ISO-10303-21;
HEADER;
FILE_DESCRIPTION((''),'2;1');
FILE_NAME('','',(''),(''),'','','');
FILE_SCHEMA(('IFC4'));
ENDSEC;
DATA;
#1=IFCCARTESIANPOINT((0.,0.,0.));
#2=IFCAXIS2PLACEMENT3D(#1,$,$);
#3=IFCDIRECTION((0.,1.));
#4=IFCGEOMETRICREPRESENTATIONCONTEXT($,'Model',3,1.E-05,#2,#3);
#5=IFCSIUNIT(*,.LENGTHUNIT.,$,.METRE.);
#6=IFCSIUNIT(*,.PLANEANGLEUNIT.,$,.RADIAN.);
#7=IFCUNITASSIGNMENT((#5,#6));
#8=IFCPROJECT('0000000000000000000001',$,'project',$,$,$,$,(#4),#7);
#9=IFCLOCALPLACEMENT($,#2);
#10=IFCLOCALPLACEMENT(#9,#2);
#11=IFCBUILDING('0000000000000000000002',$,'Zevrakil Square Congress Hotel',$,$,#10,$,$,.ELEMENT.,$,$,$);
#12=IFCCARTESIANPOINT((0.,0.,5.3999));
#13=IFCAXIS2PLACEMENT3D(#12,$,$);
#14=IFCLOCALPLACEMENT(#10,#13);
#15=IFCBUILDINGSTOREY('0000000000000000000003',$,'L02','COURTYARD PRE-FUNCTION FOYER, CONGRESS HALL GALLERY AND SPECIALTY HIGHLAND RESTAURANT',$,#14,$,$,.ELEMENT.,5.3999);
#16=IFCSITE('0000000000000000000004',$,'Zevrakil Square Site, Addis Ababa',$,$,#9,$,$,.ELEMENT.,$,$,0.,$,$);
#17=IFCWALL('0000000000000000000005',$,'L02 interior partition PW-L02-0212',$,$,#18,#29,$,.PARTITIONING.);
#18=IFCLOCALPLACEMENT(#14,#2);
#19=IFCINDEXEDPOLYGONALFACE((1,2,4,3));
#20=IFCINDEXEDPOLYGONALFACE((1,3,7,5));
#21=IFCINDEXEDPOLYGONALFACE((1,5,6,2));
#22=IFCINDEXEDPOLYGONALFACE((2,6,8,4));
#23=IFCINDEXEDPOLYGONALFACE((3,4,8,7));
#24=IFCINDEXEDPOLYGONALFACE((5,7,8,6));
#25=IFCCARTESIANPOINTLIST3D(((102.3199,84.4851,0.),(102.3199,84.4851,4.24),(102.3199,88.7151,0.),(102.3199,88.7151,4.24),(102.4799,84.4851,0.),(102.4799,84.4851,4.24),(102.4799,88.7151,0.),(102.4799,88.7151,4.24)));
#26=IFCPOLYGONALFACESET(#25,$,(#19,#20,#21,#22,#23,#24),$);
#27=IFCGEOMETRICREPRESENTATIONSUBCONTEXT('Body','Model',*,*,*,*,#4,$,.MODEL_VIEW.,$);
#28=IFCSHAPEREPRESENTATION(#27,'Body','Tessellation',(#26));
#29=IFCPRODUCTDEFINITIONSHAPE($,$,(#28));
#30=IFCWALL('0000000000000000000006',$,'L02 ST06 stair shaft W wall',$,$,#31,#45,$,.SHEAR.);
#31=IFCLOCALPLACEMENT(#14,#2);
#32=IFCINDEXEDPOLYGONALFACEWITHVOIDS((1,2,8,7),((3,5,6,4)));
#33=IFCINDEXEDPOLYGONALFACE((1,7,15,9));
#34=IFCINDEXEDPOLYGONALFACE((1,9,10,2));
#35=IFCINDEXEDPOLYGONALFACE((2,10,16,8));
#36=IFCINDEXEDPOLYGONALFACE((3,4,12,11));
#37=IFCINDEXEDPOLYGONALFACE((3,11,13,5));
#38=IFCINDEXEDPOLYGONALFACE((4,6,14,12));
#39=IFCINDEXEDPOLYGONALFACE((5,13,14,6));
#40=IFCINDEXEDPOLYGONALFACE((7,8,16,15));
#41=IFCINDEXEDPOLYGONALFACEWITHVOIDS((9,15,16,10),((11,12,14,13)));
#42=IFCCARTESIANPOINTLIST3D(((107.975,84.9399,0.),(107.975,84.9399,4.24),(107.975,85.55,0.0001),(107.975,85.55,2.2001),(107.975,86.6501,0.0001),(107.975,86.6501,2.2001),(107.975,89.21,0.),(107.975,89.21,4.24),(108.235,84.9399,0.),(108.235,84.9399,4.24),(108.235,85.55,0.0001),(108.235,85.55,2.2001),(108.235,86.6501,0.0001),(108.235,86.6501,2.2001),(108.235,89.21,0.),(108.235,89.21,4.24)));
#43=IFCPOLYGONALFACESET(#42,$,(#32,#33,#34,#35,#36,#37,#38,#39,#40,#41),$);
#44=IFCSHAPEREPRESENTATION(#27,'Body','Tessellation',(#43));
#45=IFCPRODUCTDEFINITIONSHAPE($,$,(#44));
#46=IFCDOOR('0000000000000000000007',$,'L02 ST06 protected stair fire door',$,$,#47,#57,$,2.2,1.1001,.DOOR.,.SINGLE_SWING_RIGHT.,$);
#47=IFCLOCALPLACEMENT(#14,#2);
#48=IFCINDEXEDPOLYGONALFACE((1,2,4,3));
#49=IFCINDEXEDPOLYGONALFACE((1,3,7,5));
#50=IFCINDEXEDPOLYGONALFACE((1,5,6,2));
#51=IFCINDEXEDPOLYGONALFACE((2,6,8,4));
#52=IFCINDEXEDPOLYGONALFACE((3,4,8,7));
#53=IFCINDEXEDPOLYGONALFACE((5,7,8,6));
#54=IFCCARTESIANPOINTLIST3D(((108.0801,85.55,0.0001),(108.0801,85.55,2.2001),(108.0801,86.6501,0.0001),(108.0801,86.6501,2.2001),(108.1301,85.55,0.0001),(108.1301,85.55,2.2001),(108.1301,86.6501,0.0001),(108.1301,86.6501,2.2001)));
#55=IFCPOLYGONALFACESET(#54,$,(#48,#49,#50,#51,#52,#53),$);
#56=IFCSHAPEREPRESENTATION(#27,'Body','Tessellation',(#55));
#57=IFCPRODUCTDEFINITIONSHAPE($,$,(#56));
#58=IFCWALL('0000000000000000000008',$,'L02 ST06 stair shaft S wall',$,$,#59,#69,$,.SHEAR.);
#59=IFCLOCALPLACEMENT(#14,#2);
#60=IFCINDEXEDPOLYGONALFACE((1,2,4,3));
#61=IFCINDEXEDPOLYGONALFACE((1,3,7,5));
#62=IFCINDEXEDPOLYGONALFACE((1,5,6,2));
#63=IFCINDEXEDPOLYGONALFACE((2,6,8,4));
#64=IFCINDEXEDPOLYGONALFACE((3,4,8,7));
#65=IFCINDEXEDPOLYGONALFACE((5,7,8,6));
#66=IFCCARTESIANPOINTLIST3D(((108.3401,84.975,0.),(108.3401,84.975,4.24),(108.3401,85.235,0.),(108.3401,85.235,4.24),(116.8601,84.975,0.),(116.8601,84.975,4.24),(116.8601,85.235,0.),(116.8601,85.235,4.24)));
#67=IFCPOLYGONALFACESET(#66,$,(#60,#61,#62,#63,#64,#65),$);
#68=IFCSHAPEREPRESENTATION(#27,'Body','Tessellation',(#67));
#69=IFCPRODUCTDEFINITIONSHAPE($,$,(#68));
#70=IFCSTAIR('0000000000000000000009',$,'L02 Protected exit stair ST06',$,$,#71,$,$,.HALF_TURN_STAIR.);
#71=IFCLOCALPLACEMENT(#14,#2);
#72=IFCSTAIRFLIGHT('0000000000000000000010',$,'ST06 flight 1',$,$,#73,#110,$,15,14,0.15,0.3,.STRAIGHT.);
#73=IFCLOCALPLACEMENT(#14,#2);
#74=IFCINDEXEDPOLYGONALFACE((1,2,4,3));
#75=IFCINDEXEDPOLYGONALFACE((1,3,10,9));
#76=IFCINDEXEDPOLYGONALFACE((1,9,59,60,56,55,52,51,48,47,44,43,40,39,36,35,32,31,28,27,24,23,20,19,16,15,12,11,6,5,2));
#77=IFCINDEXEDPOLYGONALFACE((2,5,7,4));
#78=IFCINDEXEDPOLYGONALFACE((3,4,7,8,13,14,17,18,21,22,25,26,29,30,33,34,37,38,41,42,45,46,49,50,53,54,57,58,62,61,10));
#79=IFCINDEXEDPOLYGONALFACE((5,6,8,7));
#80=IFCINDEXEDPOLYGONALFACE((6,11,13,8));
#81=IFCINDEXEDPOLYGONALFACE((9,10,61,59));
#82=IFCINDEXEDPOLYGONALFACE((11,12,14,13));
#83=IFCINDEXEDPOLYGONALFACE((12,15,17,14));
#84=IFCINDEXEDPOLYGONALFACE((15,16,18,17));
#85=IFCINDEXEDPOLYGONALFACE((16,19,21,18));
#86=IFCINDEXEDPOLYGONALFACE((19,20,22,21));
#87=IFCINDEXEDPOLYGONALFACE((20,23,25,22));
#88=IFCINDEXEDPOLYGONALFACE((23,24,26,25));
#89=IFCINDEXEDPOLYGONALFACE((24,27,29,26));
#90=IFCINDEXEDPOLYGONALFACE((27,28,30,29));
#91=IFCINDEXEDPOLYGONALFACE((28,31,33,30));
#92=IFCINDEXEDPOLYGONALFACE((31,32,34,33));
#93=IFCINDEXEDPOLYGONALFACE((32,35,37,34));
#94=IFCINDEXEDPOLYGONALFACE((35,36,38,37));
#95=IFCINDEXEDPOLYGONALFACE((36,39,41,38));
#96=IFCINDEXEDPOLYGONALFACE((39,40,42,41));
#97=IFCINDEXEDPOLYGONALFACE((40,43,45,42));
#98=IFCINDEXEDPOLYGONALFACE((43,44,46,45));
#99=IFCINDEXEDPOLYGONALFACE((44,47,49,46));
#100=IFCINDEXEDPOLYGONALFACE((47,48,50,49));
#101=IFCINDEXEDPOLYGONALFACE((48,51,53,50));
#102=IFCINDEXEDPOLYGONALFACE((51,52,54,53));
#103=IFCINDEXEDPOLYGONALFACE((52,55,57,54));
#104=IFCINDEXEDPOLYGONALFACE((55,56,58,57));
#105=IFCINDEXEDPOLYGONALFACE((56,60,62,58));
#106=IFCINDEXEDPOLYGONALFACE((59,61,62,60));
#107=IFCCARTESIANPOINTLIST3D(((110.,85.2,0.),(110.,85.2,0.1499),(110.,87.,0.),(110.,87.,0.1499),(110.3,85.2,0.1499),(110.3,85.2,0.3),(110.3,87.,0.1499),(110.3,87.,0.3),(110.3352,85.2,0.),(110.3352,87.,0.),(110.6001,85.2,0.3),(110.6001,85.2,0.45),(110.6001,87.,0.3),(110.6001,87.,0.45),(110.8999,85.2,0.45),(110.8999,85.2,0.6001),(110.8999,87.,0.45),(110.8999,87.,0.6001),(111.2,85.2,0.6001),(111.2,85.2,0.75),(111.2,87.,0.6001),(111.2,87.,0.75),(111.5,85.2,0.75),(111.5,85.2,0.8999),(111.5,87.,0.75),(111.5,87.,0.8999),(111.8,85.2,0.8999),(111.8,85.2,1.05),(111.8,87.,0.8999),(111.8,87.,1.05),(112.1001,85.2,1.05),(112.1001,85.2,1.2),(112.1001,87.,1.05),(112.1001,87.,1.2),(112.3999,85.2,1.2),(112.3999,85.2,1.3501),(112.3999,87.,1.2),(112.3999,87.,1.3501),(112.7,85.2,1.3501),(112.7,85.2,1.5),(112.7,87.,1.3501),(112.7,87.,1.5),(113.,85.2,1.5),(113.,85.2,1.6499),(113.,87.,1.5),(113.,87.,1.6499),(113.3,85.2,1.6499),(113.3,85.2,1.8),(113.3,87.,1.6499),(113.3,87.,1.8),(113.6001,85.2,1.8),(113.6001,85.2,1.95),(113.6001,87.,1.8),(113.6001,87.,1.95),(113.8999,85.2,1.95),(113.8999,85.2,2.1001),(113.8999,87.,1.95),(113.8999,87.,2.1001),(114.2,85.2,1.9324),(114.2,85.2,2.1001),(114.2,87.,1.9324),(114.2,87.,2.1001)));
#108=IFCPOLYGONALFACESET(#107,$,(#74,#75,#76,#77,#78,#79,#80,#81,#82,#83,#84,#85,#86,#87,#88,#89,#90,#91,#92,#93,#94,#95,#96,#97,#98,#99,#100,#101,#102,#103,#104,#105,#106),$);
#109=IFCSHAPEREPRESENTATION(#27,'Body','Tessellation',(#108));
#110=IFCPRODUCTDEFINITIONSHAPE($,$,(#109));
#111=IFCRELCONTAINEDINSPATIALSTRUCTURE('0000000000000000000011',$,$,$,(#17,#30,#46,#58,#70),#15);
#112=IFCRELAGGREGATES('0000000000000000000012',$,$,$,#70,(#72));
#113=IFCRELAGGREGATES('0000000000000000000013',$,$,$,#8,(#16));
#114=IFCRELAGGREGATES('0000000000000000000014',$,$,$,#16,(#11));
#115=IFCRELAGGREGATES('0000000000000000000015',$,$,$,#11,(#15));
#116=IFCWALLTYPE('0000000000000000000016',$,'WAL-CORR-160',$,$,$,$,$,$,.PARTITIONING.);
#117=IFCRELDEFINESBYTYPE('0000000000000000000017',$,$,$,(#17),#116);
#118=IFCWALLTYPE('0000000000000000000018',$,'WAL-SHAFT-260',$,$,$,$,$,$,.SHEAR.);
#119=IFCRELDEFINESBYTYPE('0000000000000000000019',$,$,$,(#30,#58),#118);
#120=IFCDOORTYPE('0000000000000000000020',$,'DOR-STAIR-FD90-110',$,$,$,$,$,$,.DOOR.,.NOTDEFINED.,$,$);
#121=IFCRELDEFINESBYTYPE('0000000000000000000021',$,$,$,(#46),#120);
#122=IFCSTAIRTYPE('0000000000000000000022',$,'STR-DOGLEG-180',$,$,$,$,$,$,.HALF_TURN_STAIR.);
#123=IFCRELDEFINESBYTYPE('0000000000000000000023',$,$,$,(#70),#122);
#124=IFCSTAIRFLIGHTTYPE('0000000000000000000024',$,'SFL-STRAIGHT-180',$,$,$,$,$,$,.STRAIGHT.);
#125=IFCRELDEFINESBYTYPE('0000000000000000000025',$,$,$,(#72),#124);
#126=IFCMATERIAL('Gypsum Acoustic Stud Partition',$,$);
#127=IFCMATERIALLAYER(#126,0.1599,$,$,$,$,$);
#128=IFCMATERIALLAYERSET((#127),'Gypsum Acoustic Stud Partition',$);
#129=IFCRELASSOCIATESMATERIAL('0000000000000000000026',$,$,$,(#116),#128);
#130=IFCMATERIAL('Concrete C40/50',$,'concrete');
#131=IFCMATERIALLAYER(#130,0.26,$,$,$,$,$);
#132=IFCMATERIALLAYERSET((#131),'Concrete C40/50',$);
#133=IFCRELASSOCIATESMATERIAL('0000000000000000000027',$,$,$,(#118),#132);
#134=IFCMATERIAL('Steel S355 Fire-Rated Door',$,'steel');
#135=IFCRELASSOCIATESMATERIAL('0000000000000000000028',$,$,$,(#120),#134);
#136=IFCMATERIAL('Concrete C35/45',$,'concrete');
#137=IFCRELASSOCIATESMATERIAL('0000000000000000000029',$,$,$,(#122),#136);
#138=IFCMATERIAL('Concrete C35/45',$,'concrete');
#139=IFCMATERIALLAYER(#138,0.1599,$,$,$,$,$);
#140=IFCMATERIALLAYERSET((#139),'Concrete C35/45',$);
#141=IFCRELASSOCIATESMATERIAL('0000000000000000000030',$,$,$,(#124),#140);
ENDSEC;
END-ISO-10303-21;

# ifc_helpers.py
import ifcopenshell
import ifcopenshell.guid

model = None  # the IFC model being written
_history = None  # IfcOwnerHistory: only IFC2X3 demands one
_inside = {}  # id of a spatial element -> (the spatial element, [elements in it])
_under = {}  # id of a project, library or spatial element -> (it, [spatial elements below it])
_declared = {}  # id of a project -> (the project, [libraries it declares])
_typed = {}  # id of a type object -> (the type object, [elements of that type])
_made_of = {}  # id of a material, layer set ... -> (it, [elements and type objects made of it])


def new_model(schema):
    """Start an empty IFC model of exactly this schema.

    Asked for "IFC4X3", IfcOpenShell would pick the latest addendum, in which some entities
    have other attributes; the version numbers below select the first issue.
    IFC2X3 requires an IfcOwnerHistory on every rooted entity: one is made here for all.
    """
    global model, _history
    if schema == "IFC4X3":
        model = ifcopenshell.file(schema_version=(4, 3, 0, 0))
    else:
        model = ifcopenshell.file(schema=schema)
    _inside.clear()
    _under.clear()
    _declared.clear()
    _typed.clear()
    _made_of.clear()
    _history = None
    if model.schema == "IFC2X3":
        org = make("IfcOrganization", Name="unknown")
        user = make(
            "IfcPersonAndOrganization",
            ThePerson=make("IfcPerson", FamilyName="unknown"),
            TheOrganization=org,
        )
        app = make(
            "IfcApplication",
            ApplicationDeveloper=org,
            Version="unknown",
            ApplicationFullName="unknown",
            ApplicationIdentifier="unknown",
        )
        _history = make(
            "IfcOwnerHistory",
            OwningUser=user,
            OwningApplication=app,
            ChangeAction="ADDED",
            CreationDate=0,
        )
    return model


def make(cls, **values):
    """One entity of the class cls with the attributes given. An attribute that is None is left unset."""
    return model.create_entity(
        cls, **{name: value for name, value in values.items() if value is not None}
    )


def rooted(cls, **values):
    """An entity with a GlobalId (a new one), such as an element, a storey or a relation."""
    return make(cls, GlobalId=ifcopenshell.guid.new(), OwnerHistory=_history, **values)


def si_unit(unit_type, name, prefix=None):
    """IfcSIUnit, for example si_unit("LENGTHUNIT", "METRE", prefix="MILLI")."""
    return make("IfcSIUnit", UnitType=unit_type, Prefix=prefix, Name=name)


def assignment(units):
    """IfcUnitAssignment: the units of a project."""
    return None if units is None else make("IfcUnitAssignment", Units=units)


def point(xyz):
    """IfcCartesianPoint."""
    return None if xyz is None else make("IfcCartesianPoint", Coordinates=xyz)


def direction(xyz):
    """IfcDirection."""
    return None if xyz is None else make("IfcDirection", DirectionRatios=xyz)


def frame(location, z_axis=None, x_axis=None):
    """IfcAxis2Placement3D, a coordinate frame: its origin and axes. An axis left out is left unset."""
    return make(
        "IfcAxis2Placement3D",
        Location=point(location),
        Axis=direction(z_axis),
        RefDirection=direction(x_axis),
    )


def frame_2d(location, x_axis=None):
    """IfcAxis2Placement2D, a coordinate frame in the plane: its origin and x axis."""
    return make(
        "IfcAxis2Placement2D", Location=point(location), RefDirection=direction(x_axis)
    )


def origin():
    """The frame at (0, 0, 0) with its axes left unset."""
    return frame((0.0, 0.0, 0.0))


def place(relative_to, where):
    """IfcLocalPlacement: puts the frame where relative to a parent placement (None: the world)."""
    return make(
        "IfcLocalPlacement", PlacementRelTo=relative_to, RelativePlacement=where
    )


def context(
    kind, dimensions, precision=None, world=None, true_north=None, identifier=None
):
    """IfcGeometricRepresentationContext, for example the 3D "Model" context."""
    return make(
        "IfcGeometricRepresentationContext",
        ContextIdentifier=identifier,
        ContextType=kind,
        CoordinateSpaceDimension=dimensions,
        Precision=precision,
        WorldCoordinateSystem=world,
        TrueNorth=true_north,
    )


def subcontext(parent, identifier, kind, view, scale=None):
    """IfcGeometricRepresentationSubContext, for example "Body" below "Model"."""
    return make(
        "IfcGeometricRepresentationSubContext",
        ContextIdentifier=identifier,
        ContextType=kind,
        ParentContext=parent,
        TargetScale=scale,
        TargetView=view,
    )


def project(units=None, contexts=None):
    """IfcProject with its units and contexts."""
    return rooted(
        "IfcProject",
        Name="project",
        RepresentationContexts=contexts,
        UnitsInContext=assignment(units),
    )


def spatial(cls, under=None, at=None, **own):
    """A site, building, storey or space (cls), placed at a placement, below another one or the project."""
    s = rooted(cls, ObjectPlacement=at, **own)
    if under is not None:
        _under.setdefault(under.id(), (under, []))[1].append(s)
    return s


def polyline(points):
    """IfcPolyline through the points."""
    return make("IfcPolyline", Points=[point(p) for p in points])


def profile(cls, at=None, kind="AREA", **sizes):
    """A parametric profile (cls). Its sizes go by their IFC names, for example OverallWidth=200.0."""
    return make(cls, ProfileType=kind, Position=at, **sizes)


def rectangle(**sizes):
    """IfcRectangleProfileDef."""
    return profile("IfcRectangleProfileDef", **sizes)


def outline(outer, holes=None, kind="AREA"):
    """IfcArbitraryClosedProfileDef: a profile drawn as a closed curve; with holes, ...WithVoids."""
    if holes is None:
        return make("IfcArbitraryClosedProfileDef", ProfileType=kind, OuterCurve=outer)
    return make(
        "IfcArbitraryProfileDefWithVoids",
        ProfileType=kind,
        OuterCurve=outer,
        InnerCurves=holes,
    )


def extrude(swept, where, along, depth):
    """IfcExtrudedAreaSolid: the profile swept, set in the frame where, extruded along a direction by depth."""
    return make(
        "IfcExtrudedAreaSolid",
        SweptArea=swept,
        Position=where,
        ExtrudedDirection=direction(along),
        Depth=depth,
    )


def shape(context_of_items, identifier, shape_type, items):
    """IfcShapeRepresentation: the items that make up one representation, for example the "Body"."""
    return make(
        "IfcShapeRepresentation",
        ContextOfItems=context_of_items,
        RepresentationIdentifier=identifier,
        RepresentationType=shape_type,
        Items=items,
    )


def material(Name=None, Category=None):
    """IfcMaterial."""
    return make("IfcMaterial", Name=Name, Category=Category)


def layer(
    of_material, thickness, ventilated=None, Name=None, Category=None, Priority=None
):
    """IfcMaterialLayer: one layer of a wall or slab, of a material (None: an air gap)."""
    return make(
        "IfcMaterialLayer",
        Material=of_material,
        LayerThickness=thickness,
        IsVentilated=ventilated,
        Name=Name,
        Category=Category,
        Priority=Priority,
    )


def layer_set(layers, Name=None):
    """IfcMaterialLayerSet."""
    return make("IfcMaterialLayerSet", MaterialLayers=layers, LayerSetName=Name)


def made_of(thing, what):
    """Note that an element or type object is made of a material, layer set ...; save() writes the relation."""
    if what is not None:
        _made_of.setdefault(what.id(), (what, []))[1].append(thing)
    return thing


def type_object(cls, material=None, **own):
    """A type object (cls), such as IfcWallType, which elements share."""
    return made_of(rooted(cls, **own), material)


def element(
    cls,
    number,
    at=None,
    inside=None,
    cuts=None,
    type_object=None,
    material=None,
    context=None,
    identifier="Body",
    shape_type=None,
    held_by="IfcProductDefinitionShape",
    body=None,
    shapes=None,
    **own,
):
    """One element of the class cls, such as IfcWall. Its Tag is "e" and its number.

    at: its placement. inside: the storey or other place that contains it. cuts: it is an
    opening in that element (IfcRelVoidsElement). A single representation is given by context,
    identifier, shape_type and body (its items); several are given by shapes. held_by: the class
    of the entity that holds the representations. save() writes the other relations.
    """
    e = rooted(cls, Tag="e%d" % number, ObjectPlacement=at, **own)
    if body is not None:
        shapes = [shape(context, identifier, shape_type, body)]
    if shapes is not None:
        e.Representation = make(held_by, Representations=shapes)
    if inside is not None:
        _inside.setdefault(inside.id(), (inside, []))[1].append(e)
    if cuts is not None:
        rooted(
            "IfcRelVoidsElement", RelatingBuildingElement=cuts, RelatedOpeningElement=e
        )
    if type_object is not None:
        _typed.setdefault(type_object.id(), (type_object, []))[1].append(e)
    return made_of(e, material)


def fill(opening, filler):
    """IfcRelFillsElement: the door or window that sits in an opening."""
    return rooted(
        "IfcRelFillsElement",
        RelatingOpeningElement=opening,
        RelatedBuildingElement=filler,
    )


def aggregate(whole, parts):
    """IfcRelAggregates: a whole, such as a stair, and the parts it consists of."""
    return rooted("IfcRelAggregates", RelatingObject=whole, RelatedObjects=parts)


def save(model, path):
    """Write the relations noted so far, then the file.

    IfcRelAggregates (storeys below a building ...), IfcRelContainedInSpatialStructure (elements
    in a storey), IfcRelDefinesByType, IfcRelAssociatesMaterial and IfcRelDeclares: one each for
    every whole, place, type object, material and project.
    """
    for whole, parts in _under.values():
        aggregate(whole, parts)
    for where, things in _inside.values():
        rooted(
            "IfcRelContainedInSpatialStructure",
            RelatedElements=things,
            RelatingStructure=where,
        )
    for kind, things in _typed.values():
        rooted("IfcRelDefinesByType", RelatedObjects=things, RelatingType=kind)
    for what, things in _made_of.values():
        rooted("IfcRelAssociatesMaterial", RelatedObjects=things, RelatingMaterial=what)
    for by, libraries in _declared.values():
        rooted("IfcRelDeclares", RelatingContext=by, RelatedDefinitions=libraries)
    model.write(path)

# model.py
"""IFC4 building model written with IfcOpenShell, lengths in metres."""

from ifc_helpers import new_model, si_unit, direction, frame, frame_2d, origin, place, context, subcontext, project, spatial, polyline, rectangle, outline, extrude, material, layer, layer_set, type_object, element, fill, aggregate, save


model = new_model("IFC4")

# Units and contexts
model_context = context("Model", 3, precision=1e-05, world=origin(), true_north=direction((0.0, 1.0)))
body_context = subcontext(model_context, "Body", "Model", "MODEL_VIEW")
ifc_project = project(units=[si_unit("LENGTHUNIT", "METRE"), si_unit("PLANEANGLEUNIT", "RADIAN")], contexts=[model_context])

# Site, building, storey
site_placement = place(None, origin())
site = spatial("IfcSite", under=ifc_project, at=site_placement, Name="Zevrakil Square Site, Addis Ababa", CompositionType="ELEMENT", RefElevation=0.0)
building_placement = place(site_placement, origin())
building = spatial("IfcBuilding", under=site, at=building_placement, Name="Zevrakil Square Congress Hotel", CompositionType="ELEMENT")
storey_placement = place(building_placement, frame((0.0, 0.0, 5.3999)))
storey = spatial("IfcBuildingStorey", under=building, at=storey_placement, Name="L02", Description="COURTYARD PRE-FUNCTION FOYER, CONGRESS HALL GALLERY AND SPECIALTY HIGHLAND RESTAURANT", CompositionType="ELEMENT", Elevation=5.3999)

# Wall
ifc_material_1 = material(Name="Gypsum Acoustic Stud Partition")
ifc_layer_1 = layer(ifc_material_1, 0.1599)
ifc_layer_set_1 = layer_set([ifc_layer_1], Name="Gypsum Acoustic Stud Partition")
wall_type_1 = type_object("IfcWallType", Name="WAL-CORR-160", PredefinedType="PARTITIONING", material=ifc_layer_set_1)
wall_1_placement = place(storey_placement, frame((102.3999, 84.4851, 0.0), z_axis=(0.0, 0.0, 1.0), x_axis=(0.0, 1.0, 0.0)))
element("IfcWall", 1, at=wall_1_placement, inside=storey, type_object=wall_type_1, Name="L02 interior partition PW-L02-0212", PredefinedType="PARTITIONING", context=body_context, shape_type="SweptSolid", body=[
    extrude(rectangle(XDim=4.23, YDim=0.1599, at=frame_2d((2.115, 0.0))), origin(), (0.0, 0.0, 1.0), 4.24),
])

# Wall, opening, door
ifc_material_2 = material(Name="Concrete C40/50", Category="concrete")
ifc_layer_2 = layer(ifc_material_2, 0.26)
ifc_layer_set_2 = layer_set([ifc_layer_2], Name="Concrete C40/50")
wall_type_2 = type_object("IfcWallType", Name="WAL-SHAFT-260", PredefinedType="SHEAR", material=ifc_layer_set_2)
wall_2_placement = place(storey_placement, frame((108.105, 84.9399, 0.0), z_axis=(0.0, 0.0, 1.0), x_axis=(0.0, 1.0, 0.0)))
wall_2 = element("IfcWall", 2, at=wall_2_placement, inside=storey, type_object=wall_type_2, Name="L02 ST06 stair shaft W wall", PredefinedType="SHEAR", context=body_context, shape_type="SweptSolid", body=[
    extrude(rectangle(XDim=4.27, YDim=0.26, at=frame_2d((2.135, 0.0))), origin(), (0.0, 0.0, 1.0), 4.24),
])
opening_placement = place(wall_2_placement, frame((0.6101, 0.0, 0.0)))
opening = element("IfcOpeningElement", 3, at=opening_placement, cuts=wall_2, PredefinedType="OPENING", context=body_context, shape_type="SweptSolid", body=[
    extrude(rectangle(XDim=1.1001, YDim=2.2, at=frame_2d((0.55, 1.1001))), frame((0.0, 0.1401, 0.0), z_axis=(0.0, -1.0, 0.0), x_axis=(1.0, 0.0, 0.0)), (0.0, 0.0, 1.0), 0.28),
])
ifc_material_3 = material(Name="Steel S355 Fire-Rated Door", Category="steel")
door_type = type_object("IfcDoorType", Name="DOR-STAIR-FD90-110", OperationType="NOTDEFINED", PredefinedType="DOOR", material=ifc_material_3)
door_placement = place(opening_placement, origin())
door = element("IfcDoor", 4, at=door_placement, inside=storey, type_object=door_type, Name="L02 ST06 protected stair fire door", OperationType="SINGLE_SWING_RIGHT", OverallHeight=2.2, OverallWidth=1.1001, PredefinedType="DOOR", context=body_context, shape_type="SweptSolid", body=[
    extrude(rectangle(XDim=1.1001, YDim=2.2, at=frame_2d((0.55, 1.1001))), frame((0.0, 0.0249, 0.0), z_axis=(0.0, -1.0, 0.0), x_axis=(1.0, 0.0, 0.0)), (0.0, 0.0, 1.0), 0.05),
])
fill(opening, door)

# Wall
wall_3_placement = place(storey_placement, frame((108.3401, 85.105, 0.0), z_axis=(0.0, 0.0, 1.0), x_axis=(1.0, 0.0, 0.0)))
element("IfcWall", 5, at=wall_3_placement, inside=storey, type_object=wall_type_2, Name="L02 ST06 stair shaft S wall", PredefinedType="SHEAR", context=body_context, shape_type="SweptSolid", body=[
    extrude(rectangle(XDim=8.52, YDim=0.26, at=frame_2d((4.26, 0.0))), origin(), (0.0, 0.0, 1.0), 4.24),
])

# Stair, stair flight
ifc_material_4 = material(Name="Concrete C35/45", Category="concrete")
stair_type = type_object("IfcStairType", Name="STR-DOGLEG-180", PredefinedType="HALF_TURN_STAIR", material=ifc_material_4)
stair_placement = place(storey_placement, origin())
stair = element("IfcStair", 6, at=stair_placement, inside=storey, type_object=stair_type, Name="L02 Protected exit stair ST06", PredefinedType="HALF_TURN_STAIR")
ifc_material_5 = material(Name="Concrete C35/45", Category="concrete")
ifc_layer_3 = layer(ifc_material_5, 0.1599)
ifc_layer_set_3 = layer_set([ifc_layer_3], Name="Concrete C35/45")
stair_flight_type = type_object("IfcStairFlightType", Name="SFL-STRAIGHT-180", PredefinedType="STRAIGHT", material=ifc_layer_set_3)
stair_flight_placement = place(storey_placement, frame((110.0, 86.1001, 0.0), z_axis=(0.0, 0.0, 1.0), x_axis=(1.0, 0.0, 0.0)))
stair_flight = element("IfcStairFlight", 7, at=stair_flight_placement, type_object=stair_flight_type, Name="ST06 flight 1", NumberOfRisers=15, NumberOfTreads=14, PredefinedType="STRAIGHT", RiserHeight=0.15, TreadLength=0.3, context=body_context, shape_type="SweptSolid", body=[
    extrude(outline(polyline([(0.0, 0.0), (0.0, 0.1499), (0.3, 0.1499), (0.3, 0.3), (0.6001, 0.3), (0.6001, 0.45), (0.8999, 0.45), (0.8999, 0.6001), (1.2, 0.6001), (1.2, 0.75), (1.5, 0.75), (1.5, 0.8999), (1.8, 0.8999), (1.8, 1.05), (2.1001, 1.05), (2.1001, 1.2), (2.3999, 1.2), (2.3999, 1.3501), (2.7, 1.3501), (2.7, 1.5), (3.0, 1.5), (3.0, 1.6499), (3.3, 1.6499), (3.3, 1.8), (3.6001, 1.8), (3.6001, 1.95), (3.8999, 1.95), (3.8999, 2.1001), (4.2, 2.1001), (4.2, 2.25), (4.2, 1.9324), (0.3352, 0.0), (0.0, 0.0)])), frame((0.0, 0.8999, 0.0), z_axis=(0.0, -1.0, 0.0), x_axis=(1.0, 0.0, 0.0)), (0.0, 0.0, 1.0), 1.8),
])
aggregate(stair, [stair_flight])

save(model, "model.ifc")
